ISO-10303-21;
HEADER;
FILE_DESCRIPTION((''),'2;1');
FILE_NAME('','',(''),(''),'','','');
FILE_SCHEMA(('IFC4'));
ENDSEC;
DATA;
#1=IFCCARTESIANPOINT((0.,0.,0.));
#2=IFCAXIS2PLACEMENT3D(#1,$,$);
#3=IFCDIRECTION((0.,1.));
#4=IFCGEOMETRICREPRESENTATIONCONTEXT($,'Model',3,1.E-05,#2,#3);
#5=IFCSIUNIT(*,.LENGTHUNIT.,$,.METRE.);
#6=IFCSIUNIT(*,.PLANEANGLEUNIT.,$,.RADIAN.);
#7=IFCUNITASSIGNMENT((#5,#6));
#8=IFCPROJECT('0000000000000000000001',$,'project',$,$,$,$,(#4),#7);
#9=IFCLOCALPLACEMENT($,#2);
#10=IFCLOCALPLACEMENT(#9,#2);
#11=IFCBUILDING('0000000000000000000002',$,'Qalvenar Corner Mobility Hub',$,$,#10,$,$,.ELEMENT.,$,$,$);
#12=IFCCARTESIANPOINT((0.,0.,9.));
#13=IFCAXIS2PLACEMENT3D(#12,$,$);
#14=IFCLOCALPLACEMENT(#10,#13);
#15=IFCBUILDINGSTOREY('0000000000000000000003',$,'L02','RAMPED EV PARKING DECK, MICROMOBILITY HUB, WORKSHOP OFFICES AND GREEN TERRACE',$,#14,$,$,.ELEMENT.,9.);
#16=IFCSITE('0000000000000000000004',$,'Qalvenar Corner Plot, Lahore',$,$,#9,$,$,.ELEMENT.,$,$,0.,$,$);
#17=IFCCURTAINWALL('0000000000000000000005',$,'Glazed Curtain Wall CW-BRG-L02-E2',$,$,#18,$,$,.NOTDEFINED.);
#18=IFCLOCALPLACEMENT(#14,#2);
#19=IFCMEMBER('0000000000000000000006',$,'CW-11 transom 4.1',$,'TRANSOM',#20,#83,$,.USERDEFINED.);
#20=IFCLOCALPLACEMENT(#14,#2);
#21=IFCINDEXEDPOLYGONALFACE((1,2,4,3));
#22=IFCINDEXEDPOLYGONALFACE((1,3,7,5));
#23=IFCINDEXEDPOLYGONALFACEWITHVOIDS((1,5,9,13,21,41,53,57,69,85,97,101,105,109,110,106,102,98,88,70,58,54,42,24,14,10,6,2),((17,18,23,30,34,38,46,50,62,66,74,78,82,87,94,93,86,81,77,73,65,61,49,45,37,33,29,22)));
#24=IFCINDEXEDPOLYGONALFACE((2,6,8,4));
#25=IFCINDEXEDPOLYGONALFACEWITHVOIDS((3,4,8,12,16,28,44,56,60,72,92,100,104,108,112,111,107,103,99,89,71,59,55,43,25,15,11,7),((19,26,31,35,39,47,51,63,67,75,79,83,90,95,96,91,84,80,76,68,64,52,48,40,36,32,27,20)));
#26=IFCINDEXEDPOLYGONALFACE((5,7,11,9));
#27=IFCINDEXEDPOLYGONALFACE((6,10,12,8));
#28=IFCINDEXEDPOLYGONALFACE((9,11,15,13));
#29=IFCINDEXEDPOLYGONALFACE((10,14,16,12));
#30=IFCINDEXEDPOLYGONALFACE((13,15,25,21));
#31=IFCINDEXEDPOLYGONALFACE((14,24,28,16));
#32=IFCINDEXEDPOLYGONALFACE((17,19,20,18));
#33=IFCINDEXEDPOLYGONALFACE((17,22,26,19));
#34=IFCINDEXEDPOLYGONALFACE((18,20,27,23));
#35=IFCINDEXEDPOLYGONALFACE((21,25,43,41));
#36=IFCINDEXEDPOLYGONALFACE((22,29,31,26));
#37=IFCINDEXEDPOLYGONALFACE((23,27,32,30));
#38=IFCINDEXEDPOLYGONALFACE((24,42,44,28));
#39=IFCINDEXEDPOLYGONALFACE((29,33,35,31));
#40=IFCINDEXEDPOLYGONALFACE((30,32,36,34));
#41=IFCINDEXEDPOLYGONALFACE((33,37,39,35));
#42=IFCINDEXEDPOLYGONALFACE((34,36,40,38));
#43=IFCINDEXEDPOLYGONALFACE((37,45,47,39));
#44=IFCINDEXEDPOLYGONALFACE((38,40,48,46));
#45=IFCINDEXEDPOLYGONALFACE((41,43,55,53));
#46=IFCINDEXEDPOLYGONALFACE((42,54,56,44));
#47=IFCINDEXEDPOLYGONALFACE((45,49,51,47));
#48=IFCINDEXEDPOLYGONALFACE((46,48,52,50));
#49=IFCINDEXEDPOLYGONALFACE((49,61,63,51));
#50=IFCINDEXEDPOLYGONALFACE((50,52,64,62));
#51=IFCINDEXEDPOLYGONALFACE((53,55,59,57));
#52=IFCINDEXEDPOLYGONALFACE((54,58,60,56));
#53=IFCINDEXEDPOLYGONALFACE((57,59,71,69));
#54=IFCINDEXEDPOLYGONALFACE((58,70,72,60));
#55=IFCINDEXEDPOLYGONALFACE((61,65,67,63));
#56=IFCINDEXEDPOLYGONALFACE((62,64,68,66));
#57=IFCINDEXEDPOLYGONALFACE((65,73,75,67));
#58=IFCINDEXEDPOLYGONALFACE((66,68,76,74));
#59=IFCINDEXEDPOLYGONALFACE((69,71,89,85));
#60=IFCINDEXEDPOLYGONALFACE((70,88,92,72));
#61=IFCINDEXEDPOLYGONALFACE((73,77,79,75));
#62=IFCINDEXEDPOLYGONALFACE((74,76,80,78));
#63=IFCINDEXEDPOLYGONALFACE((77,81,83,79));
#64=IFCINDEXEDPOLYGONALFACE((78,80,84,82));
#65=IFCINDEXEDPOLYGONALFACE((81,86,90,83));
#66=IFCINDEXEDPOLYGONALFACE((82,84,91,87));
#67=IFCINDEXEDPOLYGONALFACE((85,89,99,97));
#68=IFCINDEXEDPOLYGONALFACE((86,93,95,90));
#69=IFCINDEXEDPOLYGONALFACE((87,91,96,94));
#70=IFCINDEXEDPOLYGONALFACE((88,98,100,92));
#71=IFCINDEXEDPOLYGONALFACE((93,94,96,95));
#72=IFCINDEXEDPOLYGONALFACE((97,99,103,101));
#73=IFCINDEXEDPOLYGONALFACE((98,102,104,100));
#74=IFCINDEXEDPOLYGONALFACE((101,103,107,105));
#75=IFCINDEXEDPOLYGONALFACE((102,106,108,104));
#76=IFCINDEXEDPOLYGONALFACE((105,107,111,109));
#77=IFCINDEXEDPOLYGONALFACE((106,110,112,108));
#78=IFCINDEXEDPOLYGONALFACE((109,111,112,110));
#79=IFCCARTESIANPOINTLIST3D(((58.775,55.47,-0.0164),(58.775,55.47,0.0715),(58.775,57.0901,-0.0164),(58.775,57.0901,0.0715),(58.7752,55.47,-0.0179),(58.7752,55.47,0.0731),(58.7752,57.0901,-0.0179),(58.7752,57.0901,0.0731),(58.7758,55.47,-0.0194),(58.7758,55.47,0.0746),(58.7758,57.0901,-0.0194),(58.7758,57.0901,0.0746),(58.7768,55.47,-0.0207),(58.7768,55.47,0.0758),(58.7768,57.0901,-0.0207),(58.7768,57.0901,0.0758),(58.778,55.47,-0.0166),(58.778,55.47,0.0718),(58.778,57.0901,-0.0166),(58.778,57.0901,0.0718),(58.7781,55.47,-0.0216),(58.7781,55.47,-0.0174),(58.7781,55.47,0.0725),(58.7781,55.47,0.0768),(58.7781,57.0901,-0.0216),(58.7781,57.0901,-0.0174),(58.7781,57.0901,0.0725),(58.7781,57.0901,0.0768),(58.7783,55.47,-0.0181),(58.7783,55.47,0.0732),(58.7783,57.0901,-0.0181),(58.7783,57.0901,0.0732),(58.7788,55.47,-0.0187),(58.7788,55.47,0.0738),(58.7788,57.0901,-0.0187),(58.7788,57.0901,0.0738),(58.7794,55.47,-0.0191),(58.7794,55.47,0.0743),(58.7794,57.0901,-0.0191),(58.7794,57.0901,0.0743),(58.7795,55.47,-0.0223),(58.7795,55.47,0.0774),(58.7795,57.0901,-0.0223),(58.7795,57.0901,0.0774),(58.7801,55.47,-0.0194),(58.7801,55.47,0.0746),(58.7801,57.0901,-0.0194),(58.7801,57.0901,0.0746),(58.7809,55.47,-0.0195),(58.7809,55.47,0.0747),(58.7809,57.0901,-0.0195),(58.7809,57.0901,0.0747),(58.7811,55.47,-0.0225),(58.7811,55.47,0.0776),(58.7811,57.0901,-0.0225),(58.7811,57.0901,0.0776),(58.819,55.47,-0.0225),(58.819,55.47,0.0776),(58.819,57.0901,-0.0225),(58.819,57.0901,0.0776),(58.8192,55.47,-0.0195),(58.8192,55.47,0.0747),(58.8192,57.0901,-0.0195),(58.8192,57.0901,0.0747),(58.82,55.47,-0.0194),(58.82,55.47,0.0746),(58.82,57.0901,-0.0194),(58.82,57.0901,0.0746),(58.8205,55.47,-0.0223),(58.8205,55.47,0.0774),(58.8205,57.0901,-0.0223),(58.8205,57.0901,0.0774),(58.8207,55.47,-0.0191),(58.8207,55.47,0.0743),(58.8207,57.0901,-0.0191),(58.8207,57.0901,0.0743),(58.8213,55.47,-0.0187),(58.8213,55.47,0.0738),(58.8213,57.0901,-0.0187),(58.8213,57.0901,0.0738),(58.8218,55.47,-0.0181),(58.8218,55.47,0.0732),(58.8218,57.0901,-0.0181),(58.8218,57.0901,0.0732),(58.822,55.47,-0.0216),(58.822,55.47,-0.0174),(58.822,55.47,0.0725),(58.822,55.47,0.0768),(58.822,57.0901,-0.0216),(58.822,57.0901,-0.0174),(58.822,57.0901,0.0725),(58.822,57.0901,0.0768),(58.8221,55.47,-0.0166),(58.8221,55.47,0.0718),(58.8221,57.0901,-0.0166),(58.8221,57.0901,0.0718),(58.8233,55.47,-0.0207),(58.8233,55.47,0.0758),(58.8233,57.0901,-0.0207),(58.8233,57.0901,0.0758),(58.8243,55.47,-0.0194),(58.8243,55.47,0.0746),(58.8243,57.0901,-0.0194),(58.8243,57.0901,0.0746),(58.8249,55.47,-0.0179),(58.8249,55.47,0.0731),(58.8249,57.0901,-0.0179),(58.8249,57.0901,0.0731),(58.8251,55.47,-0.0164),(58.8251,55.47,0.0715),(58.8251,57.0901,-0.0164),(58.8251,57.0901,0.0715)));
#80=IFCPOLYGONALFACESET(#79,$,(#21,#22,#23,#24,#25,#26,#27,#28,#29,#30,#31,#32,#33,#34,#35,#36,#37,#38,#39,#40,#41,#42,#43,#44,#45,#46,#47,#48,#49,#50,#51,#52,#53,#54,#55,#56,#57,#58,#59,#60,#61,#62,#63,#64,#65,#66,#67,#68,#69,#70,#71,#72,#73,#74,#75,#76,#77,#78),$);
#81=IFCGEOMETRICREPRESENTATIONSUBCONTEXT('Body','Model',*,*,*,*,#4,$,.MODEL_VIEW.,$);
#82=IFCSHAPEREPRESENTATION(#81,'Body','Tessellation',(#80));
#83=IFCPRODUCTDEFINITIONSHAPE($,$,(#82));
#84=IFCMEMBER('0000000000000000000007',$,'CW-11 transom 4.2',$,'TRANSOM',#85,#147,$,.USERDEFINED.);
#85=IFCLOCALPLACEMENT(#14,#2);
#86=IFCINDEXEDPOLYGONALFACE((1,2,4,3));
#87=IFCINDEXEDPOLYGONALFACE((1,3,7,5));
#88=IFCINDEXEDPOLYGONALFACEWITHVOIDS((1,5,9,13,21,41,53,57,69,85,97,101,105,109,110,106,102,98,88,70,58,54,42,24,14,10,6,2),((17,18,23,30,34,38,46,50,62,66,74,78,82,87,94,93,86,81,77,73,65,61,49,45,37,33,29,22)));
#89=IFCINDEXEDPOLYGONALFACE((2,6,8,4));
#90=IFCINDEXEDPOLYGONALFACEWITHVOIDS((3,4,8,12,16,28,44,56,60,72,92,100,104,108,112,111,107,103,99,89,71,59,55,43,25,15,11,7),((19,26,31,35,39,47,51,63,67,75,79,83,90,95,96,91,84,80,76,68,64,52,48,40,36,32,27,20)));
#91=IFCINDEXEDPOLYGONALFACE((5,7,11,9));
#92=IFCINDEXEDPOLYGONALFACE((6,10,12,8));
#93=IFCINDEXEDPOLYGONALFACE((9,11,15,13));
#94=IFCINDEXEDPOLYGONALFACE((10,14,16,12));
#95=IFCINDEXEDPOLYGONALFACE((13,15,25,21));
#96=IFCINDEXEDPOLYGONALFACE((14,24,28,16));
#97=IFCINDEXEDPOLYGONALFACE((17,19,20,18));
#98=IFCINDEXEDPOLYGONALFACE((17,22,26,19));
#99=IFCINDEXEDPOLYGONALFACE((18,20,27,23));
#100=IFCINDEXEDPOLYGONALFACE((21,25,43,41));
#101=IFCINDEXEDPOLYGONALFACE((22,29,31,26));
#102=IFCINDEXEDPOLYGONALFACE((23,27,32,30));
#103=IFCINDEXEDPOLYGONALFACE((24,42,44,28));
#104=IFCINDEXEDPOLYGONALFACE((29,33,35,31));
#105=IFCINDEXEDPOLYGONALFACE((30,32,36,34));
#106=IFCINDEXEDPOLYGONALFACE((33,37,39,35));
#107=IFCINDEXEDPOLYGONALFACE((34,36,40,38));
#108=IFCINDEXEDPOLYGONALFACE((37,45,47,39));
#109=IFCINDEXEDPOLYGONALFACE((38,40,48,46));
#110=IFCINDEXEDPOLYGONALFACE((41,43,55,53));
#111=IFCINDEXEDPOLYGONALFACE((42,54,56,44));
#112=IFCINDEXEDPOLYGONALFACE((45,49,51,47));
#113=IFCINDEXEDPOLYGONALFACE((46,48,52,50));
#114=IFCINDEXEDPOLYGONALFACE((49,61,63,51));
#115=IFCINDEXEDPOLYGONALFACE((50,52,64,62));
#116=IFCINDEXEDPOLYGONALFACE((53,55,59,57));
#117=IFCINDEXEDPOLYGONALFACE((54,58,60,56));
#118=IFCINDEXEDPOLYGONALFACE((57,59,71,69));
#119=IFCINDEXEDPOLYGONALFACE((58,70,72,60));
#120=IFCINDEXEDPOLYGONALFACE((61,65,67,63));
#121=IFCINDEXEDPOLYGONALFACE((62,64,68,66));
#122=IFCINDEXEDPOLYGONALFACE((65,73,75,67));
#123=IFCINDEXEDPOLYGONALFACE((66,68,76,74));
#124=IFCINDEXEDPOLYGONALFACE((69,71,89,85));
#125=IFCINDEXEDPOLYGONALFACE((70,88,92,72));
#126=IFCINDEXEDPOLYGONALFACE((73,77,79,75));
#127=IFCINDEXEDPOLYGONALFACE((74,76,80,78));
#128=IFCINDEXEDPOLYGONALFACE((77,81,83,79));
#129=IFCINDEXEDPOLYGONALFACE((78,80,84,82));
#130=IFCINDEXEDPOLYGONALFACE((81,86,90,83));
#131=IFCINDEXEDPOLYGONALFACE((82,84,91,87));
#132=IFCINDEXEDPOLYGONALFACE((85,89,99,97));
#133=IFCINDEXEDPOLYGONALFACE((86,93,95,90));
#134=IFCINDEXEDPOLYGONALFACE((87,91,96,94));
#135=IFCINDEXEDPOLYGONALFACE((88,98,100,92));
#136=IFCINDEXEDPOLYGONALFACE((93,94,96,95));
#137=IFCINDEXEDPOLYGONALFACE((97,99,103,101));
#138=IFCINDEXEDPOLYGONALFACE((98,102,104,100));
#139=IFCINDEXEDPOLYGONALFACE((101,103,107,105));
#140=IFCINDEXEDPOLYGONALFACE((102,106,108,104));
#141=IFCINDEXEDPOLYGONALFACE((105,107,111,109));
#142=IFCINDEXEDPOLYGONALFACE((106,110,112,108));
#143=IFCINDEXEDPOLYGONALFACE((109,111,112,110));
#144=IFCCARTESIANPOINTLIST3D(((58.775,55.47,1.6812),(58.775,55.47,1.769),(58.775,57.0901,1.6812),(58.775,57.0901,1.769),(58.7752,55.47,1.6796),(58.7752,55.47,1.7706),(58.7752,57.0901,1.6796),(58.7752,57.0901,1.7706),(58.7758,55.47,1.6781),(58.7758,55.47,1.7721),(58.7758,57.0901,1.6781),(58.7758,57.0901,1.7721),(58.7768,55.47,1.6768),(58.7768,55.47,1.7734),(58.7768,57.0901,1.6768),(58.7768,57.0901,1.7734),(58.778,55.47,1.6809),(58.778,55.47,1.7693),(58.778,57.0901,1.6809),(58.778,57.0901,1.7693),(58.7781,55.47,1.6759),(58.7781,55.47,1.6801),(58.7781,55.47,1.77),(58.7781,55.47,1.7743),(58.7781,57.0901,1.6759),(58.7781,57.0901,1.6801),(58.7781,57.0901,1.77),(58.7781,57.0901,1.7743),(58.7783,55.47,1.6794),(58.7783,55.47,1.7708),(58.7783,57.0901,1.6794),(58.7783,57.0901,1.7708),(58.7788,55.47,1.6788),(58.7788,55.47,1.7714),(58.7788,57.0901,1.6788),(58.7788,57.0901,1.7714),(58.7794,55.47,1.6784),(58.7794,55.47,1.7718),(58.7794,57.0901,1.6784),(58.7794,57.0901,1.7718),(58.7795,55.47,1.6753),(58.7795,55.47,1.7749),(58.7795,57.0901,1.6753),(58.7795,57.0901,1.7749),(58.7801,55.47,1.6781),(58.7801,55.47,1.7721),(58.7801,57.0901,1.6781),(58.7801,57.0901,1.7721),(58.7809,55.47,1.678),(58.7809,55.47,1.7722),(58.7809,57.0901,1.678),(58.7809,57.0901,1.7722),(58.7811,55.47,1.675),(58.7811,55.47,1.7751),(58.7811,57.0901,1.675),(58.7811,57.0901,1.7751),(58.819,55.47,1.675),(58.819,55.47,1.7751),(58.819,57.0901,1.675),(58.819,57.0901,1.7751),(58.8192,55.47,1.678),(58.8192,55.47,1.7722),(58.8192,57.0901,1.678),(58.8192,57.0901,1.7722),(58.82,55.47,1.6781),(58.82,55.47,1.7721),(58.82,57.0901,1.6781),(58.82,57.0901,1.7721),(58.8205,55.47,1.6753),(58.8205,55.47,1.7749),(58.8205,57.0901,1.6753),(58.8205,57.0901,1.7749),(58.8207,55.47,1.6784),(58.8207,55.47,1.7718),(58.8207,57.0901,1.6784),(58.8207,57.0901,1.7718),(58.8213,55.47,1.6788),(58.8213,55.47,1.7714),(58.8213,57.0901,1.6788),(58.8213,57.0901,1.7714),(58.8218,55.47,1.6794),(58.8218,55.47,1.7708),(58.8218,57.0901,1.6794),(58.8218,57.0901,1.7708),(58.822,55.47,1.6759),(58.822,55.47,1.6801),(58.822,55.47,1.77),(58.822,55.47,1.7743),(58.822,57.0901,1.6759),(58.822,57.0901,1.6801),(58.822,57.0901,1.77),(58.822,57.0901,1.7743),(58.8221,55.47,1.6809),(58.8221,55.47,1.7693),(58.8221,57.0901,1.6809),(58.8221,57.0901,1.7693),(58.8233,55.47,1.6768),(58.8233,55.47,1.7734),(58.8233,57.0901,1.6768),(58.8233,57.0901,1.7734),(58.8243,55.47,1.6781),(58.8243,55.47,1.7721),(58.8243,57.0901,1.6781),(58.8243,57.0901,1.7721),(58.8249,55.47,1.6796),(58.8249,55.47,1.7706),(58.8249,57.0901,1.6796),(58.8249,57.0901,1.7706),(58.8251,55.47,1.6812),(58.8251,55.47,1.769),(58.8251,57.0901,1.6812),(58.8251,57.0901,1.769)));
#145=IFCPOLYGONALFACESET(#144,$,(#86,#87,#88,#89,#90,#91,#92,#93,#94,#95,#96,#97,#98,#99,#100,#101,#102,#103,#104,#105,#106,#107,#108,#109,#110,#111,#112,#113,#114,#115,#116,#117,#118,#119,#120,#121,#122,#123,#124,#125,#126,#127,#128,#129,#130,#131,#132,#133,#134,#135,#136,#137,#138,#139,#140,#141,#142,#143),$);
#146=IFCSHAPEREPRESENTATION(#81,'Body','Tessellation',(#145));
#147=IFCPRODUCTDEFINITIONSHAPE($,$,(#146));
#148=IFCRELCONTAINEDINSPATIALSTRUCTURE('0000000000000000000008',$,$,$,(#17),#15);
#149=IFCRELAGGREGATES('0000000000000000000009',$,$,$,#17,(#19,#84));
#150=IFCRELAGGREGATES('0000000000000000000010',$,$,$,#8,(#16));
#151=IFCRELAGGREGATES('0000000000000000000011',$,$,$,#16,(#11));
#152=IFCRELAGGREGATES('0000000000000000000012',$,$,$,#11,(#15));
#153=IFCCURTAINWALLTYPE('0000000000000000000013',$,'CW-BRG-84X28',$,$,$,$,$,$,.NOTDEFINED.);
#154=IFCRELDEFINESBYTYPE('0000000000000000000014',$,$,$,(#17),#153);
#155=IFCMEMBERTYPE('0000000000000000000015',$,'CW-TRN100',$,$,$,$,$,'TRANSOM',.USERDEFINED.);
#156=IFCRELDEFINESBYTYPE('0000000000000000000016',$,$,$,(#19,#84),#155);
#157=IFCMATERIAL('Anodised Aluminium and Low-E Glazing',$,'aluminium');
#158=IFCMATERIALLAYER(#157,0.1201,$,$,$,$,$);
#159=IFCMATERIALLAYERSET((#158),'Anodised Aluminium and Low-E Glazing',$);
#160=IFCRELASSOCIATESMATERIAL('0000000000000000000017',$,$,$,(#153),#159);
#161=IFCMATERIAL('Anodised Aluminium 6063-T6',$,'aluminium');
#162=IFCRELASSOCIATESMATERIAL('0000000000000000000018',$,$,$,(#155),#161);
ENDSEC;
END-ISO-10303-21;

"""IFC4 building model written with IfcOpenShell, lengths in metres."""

from ifc_helpers import new_model, si_unit, direction, frame, origin, origin_2d, place, context, subcontext, project, spatial, hollow_rectangle, extrude, material, layer, layer_set, material_profile, profile_set, type_object, element, aggregate, save


model = new_model("IFC4")

# Units and contexts
model_context = context("Model", 3, precision=1e-05, world=origin(), true_north=direction((0.0, 1.0)))
body_context = subcontext(model_context, "Body", "Model", "MODEL_VIEW")
ifc_project = project(units=[si_unit("LENGTHUNIT", "METRE"), si_unit("PLANEANGLEUNIT", "RADIAN")], contexts=[model_context])

# Site, building, storey
site_placement = place(None, origin())
site = spatial("IfcSite", under=ifc_project, at=site_placement, Name="Qalvenar Corner Plot, Lahore", CompositionType="ELEMENT", RefElevation=0.0)
building_placement = place(site_placement, origin())
building = spatial("IfcBuilding", under=site, at=building_placement, Name="Qalvenar Corner Mobility Hub", CompositionType="ELEMENT")
storey_placement = place(building_placement, frame((0.0, 0.0, 9.0)))
storey = spatial("IfcBuildingStorey", under=building, at=storey_placement, Name="L02", Description="RAMPED EV PARKING DECK, MICROMOBILITY HUB, WORKSHOP OFFICES AND GREEN TERRACE", CompositionType="ELEMENT", Elevation=9.0)

# Curtain wall, members
ifc_material_1 = material(Name="Anodised Aluminium and Low-E Glazing", Category="aluminium")
ifc_layer_1 = layer(ifc_material_1, 0.1201)
ifc_layer_set_1 = layer_set([ifc_layer_1], Name="Anodised Aluminium and Low-E Glazing")
curtain_wall_type = type_object("IfcCurtainWallType", Name="CW-BRG-84X28", PredefinedType="NOTDEFINED", material=ifc_layer_set_1)
curtain_wall_placement = place(storey_placement, origin())
curtain_wall = element("IfcCurtainWall", 1, at=curtain_wall_placement, inside=storey, type_object=curtain_wall_type, Name="Glazed Curtain Wall CW-BRG-L02-E2", PredefinedType="NOTDEFINED")
ifc_material_2 = material(Name="Anodised Aluminium 6063-T6", Category="aluminium")
ifc_material_profile_1 = material_profile(ifc_material_2, hollow_rectangle(XDim=0.05, YDim=0.1001, WallThickness=0.0029, InnerFilletRadius=0.0029, OuterFilletRadius=0.0061, at=origin_2d()), Name="RHS100x50x3")
ifc_profile_set_1 = profile_set([ifc_material_profile_1], Name="Anodised Aluminium 6063-T6")
member_type_1 = type_object("IfcMemberType", Name="CW-TRN100", ElementType="TRANSOM", PredefinedType="USERDEFINED", material=ifc_profile_set_1)
member_1_placement = place(storey_placement, frame((58.8, 55.47, 0.0276), z_axis=(0.0, 1.0, 0.0), x_axis=(-1.0, 0.0, 0.0)))
member_1 = element("IfcMember", 2, at=member_1_placement, type_object=member_type_1, Name="CW-11 transom 4.1", ObjectType="TRANSOM", PredefinedType="USERDEFINED", context=body_context, shape_type="SweptSolid", body=[
    extrude(hollow_rectangle(XDim=0.05, YDim=0.1001, WallThickness=0.0029, InnerFilletRadius=0.0029, OuterFilletRadius=0.0061, at=origin_2d()), origin(), (0.0, 0.0, 1.0), 1.6201),
])
member_2_placement = place(storey_placement, frame((58.8, 55.47, 1.7251), z_axis=(0.0, 1.0, 0.0), x_axis=(-1.0, 0.0, 0.0)))
member_2 = element("IfcMember", 3, at=member_2_placement, type_object=member_type_1, Name="CW-11 transom 4.2", ObjectType="TRANSOM", PredefinedType="USERDEFINED", context=body_context, shape_type="SweptSolid", body=[
    extrude(hollow_rectangle(XDim=0.05, YDim=0.1001, WallThickness=0.0029, InnerFilletRadius=0.0029, OuterFilletRadius=0.0061, at=origin_2d()), origin(), (0.0, 0.0, 1.0), 1.6201),
])
aggregate(curtain_wall, [member_1, member_2])

save(model, "model.ifc")
